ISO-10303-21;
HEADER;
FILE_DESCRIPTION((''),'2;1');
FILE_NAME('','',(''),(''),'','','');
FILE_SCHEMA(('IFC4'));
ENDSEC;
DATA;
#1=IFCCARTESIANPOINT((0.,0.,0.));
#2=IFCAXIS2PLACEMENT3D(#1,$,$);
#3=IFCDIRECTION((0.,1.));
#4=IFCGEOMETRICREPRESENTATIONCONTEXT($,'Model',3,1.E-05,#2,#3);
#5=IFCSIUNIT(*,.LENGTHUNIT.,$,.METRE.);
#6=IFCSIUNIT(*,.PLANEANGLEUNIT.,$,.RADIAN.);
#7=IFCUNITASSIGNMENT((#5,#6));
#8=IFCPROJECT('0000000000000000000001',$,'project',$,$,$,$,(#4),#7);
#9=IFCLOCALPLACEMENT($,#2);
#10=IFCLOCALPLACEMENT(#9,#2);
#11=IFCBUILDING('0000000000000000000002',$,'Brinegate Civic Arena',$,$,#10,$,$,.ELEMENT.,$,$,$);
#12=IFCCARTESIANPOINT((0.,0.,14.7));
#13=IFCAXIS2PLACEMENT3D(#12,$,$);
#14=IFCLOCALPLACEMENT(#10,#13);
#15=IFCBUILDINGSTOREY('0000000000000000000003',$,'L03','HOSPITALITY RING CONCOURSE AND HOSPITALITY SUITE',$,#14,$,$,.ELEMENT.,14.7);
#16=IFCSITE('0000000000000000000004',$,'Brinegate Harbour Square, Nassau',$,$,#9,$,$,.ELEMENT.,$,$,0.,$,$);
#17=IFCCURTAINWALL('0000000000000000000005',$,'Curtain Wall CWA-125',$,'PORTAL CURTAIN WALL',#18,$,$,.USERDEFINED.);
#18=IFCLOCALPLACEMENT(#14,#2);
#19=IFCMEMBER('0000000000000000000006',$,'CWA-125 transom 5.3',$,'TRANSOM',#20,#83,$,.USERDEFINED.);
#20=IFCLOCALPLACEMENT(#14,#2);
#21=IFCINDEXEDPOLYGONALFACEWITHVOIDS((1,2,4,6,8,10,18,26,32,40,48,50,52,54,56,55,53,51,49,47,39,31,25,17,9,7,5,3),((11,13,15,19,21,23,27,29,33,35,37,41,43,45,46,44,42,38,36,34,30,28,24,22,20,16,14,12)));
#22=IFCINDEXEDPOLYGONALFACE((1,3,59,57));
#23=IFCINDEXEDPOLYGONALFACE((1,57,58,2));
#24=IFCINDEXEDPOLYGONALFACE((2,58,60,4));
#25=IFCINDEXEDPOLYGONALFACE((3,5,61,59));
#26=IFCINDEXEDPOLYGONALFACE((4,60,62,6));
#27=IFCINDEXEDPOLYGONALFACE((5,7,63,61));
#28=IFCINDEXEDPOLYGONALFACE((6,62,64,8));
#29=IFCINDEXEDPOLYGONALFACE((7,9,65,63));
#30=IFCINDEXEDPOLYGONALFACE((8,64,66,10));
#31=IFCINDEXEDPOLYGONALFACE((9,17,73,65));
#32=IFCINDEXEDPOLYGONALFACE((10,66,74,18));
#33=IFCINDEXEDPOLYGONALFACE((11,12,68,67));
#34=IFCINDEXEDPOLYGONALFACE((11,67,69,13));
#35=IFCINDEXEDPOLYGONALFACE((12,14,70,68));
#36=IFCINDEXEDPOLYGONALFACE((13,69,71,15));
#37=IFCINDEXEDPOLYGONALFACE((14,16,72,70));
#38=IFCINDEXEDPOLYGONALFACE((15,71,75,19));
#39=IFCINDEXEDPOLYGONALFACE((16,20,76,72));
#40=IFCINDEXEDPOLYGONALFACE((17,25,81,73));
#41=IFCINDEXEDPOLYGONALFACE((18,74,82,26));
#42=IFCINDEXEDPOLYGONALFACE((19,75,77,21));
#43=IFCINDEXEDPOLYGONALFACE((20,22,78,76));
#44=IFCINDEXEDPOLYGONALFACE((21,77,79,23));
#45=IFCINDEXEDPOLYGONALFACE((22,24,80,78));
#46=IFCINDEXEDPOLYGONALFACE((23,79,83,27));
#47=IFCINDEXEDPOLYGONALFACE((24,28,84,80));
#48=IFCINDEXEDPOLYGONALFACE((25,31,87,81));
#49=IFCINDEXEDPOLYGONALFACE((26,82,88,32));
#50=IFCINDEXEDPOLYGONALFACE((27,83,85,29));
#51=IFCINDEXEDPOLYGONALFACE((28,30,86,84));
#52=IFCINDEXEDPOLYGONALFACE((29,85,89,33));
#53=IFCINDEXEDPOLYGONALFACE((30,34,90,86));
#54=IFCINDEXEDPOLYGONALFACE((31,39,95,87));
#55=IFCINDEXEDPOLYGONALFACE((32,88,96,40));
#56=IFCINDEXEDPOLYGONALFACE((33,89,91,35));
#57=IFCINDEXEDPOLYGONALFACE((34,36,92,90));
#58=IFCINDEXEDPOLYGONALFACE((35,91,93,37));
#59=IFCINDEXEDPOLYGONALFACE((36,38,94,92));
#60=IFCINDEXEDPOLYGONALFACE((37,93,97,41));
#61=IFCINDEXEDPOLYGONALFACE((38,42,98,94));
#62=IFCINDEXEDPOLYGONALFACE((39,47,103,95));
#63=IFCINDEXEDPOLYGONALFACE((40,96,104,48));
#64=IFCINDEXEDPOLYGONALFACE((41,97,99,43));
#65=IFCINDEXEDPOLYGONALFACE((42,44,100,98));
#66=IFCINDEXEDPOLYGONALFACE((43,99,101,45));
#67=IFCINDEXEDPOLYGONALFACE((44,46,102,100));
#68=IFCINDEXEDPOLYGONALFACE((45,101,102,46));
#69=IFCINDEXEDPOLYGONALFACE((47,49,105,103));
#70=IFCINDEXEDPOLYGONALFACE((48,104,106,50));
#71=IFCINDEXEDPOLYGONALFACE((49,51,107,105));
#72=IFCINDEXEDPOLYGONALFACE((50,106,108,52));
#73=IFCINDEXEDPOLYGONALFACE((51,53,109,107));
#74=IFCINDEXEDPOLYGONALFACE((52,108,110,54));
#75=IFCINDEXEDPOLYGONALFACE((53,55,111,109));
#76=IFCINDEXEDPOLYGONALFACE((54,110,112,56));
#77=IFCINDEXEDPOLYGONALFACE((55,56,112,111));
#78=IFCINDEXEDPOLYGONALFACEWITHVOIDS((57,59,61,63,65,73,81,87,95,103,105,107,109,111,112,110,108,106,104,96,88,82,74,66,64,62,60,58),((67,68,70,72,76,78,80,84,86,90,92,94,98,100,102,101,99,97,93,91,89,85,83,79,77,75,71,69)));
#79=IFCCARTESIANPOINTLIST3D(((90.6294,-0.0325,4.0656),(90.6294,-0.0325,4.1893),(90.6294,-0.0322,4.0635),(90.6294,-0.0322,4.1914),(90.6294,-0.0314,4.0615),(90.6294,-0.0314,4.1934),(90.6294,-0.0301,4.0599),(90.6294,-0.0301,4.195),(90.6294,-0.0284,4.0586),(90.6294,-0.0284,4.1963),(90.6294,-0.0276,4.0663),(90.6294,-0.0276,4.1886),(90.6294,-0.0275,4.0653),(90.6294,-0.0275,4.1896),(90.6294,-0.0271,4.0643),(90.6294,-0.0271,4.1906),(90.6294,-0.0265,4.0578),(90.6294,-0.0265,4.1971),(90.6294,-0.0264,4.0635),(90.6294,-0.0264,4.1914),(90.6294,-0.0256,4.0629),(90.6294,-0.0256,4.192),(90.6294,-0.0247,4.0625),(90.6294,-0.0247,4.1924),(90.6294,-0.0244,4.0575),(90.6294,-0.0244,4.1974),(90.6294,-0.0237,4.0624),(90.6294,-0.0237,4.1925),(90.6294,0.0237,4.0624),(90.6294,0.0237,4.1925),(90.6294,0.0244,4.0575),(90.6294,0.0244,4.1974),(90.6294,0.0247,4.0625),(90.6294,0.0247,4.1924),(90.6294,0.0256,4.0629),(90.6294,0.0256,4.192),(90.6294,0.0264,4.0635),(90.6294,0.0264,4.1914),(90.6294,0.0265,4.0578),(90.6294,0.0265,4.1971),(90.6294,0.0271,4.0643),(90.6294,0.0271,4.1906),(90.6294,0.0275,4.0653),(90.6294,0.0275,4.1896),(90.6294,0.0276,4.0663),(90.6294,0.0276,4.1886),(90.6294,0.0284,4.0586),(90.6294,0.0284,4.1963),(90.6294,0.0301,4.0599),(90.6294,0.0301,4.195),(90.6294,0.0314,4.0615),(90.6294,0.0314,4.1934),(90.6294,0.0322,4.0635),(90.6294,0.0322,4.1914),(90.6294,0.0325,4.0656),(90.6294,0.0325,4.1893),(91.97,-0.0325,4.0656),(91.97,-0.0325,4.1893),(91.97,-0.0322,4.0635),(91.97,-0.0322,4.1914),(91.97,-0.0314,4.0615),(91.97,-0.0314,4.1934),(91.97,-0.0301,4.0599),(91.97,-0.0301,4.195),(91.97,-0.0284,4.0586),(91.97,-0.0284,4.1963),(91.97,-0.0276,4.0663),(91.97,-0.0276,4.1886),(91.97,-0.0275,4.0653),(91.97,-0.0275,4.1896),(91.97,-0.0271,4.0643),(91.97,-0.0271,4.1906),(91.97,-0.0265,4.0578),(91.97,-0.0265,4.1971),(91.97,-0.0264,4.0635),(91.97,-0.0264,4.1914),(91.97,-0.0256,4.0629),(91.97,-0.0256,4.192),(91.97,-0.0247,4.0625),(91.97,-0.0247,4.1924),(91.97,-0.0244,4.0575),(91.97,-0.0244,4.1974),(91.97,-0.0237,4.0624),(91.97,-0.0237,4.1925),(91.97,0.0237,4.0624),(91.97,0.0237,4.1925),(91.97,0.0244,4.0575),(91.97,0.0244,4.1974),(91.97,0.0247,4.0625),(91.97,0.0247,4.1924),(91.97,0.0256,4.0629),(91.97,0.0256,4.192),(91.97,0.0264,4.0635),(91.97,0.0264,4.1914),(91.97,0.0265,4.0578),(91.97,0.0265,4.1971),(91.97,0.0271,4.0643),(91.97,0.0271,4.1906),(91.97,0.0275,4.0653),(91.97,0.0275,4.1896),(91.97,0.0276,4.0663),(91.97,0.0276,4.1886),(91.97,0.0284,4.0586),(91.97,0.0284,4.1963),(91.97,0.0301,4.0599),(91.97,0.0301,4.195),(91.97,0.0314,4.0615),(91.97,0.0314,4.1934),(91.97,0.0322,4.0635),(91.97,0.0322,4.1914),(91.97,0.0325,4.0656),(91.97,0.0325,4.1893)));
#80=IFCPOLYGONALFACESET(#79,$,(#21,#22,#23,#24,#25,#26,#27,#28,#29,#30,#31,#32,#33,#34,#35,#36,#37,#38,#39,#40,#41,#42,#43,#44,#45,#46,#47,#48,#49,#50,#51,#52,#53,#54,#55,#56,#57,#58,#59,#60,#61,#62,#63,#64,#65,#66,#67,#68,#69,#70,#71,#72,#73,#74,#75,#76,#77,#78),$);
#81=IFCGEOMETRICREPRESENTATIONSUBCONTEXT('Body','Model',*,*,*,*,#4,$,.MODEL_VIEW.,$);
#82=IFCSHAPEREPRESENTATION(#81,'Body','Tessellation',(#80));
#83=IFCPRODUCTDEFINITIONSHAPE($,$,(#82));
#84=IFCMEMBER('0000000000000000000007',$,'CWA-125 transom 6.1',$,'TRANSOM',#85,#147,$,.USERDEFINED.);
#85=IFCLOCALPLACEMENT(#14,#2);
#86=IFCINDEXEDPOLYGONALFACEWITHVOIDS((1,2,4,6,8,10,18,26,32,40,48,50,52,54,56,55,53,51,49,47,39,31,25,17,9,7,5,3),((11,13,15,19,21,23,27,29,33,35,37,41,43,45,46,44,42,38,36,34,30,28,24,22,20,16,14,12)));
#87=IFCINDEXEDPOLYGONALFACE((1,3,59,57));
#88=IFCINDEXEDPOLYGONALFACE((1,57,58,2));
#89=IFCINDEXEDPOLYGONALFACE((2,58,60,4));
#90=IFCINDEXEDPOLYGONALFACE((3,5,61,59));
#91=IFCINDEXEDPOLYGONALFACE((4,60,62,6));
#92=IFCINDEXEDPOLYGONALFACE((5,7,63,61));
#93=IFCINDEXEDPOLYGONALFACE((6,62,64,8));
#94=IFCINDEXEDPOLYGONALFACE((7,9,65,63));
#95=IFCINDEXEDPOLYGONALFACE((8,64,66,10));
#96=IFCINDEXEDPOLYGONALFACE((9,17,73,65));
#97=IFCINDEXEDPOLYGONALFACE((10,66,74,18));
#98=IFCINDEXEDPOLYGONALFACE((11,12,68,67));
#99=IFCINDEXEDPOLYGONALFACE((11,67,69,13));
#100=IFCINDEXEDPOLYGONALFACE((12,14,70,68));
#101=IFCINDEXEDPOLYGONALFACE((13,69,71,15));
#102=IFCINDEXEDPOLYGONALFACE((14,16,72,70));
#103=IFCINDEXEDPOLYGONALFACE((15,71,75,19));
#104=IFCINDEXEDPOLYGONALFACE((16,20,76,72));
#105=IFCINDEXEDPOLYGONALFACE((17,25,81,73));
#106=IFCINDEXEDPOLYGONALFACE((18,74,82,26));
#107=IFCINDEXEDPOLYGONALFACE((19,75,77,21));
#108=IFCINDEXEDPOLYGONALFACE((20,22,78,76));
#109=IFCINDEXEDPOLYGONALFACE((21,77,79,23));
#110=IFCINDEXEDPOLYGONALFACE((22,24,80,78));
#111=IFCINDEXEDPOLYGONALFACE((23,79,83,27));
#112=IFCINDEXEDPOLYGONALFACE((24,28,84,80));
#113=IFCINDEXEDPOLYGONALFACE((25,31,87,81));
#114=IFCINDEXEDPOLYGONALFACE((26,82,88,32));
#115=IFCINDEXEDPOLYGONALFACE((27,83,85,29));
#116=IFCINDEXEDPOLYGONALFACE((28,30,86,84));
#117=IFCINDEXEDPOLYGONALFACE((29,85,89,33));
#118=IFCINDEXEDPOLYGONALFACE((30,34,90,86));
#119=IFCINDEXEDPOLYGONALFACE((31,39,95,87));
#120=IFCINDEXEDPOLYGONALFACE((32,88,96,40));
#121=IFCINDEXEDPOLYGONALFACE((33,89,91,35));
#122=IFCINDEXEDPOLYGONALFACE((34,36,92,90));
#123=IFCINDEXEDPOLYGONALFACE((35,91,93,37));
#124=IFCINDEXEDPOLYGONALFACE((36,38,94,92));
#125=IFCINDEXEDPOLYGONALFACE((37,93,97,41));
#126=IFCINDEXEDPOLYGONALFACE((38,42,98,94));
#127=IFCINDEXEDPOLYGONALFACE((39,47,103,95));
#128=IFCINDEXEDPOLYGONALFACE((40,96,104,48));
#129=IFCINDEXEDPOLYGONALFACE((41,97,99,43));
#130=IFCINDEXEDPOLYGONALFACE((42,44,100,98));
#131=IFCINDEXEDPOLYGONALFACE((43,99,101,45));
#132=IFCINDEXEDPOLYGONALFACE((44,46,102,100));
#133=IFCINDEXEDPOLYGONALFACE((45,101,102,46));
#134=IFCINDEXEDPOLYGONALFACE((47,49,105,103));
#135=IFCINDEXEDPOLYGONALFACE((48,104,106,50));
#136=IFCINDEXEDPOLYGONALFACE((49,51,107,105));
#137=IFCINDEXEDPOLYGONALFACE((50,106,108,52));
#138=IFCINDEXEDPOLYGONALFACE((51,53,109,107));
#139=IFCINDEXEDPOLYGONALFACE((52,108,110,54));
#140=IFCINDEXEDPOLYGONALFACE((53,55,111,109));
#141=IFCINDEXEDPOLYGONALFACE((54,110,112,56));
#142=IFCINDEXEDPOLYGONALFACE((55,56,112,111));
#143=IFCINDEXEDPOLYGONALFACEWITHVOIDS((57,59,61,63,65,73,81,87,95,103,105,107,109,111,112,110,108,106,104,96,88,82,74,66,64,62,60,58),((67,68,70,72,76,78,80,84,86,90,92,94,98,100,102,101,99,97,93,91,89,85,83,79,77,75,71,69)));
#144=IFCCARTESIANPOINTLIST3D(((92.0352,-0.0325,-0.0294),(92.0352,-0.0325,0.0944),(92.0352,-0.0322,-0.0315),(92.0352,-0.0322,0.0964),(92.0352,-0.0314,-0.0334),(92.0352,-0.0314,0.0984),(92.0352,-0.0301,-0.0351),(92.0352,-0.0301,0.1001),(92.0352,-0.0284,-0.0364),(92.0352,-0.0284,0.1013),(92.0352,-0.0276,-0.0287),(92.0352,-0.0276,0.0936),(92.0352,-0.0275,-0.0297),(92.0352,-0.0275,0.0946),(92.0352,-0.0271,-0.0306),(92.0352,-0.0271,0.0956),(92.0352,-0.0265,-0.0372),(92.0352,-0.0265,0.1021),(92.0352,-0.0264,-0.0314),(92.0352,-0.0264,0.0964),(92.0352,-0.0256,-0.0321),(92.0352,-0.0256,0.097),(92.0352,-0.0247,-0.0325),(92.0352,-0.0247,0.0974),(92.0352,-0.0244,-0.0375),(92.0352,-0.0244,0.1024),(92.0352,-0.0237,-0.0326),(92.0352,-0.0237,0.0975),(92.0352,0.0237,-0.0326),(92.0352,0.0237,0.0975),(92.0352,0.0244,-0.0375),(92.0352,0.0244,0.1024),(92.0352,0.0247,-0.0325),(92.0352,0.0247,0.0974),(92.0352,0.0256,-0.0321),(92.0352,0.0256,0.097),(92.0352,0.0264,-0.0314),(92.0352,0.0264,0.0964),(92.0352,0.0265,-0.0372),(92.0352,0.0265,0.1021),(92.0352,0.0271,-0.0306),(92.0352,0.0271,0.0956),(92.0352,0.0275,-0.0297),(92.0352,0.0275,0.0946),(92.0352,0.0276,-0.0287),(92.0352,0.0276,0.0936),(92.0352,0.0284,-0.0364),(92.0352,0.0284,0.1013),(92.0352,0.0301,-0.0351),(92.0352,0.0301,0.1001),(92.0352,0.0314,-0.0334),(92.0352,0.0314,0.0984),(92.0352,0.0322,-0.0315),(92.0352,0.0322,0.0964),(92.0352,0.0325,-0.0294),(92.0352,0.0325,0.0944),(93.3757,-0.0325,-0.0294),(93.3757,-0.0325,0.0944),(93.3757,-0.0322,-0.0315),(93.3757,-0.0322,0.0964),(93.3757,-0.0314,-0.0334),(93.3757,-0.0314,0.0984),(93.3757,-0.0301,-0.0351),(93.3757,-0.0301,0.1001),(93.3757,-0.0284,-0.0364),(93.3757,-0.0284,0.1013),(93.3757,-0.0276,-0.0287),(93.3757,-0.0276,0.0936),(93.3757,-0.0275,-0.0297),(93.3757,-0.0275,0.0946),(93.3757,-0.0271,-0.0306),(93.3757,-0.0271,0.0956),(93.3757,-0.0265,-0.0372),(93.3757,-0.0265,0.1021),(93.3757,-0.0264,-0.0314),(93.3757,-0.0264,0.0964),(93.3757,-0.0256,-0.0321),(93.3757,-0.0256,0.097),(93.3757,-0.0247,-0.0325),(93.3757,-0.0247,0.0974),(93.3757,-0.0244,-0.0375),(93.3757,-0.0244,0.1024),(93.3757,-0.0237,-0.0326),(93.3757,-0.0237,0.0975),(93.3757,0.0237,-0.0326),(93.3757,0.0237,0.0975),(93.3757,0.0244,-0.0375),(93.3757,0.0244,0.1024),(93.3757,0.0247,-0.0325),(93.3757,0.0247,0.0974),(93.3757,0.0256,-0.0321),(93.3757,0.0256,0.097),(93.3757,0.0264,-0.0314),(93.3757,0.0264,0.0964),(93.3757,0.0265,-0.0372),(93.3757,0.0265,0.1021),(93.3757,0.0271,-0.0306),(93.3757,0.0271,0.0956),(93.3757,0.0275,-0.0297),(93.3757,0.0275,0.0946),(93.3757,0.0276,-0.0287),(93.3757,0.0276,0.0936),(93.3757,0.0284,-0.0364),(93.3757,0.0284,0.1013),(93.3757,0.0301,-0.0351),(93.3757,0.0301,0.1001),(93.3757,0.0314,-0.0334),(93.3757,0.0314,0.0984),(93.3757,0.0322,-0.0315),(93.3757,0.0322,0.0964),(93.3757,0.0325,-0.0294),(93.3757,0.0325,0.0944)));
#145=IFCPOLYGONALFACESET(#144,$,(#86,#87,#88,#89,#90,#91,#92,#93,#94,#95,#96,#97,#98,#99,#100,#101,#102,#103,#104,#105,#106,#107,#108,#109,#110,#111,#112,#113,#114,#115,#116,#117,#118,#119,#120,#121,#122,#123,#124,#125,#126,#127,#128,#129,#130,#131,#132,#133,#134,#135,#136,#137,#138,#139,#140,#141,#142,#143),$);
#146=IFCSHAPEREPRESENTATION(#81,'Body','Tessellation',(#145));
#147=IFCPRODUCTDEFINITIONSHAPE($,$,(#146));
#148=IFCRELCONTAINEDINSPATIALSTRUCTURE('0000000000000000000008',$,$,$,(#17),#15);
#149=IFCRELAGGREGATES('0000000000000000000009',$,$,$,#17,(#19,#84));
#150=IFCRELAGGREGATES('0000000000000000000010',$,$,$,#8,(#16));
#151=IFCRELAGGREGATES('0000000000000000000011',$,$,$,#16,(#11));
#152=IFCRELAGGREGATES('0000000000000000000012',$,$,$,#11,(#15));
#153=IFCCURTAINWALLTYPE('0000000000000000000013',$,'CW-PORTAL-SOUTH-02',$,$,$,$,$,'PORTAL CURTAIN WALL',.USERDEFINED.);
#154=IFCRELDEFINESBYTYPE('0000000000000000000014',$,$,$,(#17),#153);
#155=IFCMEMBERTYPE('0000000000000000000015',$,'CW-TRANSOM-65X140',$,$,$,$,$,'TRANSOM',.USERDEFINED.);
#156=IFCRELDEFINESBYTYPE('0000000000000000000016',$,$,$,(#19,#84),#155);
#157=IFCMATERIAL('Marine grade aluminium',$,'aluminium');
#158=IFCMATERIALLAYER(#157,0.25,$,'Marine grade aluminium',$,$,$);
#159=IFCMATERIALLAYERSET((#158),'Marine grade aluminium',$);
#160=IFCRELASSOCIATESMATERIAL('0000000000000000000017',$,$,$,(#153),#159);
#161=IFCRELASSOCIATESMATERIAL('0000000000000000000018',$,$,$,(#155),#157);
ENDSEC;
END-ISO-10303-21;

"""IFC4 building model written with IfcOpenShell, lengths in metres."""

from ifc_helpers import new_model, si_unit, direction, frame, origin, origin_2d, place, context, subcontext, project, spatial, hollow_rectangle, extrude, material, layer, layer_set, material_profile, profile_set, type_object, element, aggregate, save


model = new_model("IFC4")

# Units and contexts
model_context = context("Model", 3, precision=1e-05, world=origin(), true_north=direction((0.0, 1.0)))
body_context = subcontext(model_context, "Body", "Model", "MODEL_VIEW")
ifc_project = project(units=[si_unit("LENGTHUNIT", "METRE"), si_unit("PLANEANGLEUNIT", "RADIAN")], contexts=[model_context])

# Site, building, storey
site_placement = place(None, origin())
site = spatial("IfcSite", under=ifc_project, at=site_placement, Name="Brinegate Harbour Square, Nassau", CompositionType="ELEMENT", RefElevation=0.0)
building_placement = place(site_placement, origin())
building = spatial("IfcBuilding", under=site, at=building_placement, Name="Brinegate Civic Arena", CompositionType="ELEMENT")
storey_placement = place(building_placement, frame((0.0, 0.0, 14.7)))
storey = spatial("IfcBuildingStorey", under=building, at=storey_placement, Name="L03", Description="HOSPITALITY RING CONCOURSE AND HOSPITALITY SUITE", CompositionType="ELEMENT", Elevation=14.7)

# Curtain wall, members
ifc_material_1 = material(Name="Marine grade aluminium", Category="aluminium")
ifc_layer_1 = layer(ifc_material_1, 0.25, Name="Marine grade aluminium")
ifc_layer_set_1 = layer_set([ifc_layer_1], Name="Marine grade aluminium")
curtain_wall_type = type_object("IfcCurtainWallType", Name="CW-PORTAL-SOUTH-02", ElementType="PORTAL CURTAIN WALL", PredefinedType="USERDEFINED", material=ifc_layer_set_1)
curtain_wall_placement = place(storey_placement, origin())
curtain_wall = element("IfcCurtainWall", 1, at=curtain_wall_placement, inside=storey, type_object=curtain_wall_type, Name="Curtain Wall CWA-125", ObjectType="PORTAL CURTAIN WALL", PredefinedType="USERDEFINED")
ifc_material_profile_1 = material_profile(ifc_material_1, hollow_rectangle(XDim=0.0649, YDim=0.1399, WallThickness=0.0049, InnerFilletRadius=0.0039, OuterFilletRadius=0.0081, at=origin_2d()), Name="TRN65X140")
ifc_profile_set_1 = profile_set([ifc_material_profile_1], Name="Marine grade aluminium")
member_type_1 = type_object("IfcMemberType", Name="CW-TRANSOM-65X140", ElementType="TRANSOM", PredefinedType="USERDEFINED", material=ifc_profile_set_1)
member_1_placement = place(storey_placement, frame((90.6294, 0.0, 4.1274), z_axis=(1.0, 0.0, 0.0), x_axis=(0.0, 1.0, 0.0)))
member_1 = element("IfcMember", 2, at=member_1_placement, type_object=member_type_1, Name="CWA-125 transom 5.3", ObjectType="TRANSOM", PredefinedType="USERDEFINED", context=body_context, shape_type="SweptSolid", body=[
    extrude(hollow_rectangle(XDim=0.0649, YDim=0.1399, WallThickness=0.0049, InnerFilletRadius=0.0039, OuterFilletRadius=0.0081, at=origin_2d()), origin(), (0.0, 0.0, 1.0), 1.3406),
])
member_2_placement = place(storey_placement, frame((92.0352, 0.0, 0.0325), z_axis=(1.0, 0.0, 0.0), x_axis=(0.0, 1.0, 0.0)))
member_2 = element("IfcMember", 3, at=member_2_placement, type_object=member_type_1, Name="CWA-125 transom 6.1", ObjectType="TRANSOM", PredefinedType="USERDEFINED", context=body_context, shape_type="SweptSolid", body=[
    extrude(hollow_rectangle(XDim=0.0649, YDim=0.1399, WallThickness=0.0049, InnerFilletRadius=0.0039, OuterFilletRadius=0.0081, at=origin_2d()), origin(), (0.0, 0.0, 1.0), 1.3406),
])
aggregate(curtain_wall, [member_1, member_2])

save(model, "model.ifc")
